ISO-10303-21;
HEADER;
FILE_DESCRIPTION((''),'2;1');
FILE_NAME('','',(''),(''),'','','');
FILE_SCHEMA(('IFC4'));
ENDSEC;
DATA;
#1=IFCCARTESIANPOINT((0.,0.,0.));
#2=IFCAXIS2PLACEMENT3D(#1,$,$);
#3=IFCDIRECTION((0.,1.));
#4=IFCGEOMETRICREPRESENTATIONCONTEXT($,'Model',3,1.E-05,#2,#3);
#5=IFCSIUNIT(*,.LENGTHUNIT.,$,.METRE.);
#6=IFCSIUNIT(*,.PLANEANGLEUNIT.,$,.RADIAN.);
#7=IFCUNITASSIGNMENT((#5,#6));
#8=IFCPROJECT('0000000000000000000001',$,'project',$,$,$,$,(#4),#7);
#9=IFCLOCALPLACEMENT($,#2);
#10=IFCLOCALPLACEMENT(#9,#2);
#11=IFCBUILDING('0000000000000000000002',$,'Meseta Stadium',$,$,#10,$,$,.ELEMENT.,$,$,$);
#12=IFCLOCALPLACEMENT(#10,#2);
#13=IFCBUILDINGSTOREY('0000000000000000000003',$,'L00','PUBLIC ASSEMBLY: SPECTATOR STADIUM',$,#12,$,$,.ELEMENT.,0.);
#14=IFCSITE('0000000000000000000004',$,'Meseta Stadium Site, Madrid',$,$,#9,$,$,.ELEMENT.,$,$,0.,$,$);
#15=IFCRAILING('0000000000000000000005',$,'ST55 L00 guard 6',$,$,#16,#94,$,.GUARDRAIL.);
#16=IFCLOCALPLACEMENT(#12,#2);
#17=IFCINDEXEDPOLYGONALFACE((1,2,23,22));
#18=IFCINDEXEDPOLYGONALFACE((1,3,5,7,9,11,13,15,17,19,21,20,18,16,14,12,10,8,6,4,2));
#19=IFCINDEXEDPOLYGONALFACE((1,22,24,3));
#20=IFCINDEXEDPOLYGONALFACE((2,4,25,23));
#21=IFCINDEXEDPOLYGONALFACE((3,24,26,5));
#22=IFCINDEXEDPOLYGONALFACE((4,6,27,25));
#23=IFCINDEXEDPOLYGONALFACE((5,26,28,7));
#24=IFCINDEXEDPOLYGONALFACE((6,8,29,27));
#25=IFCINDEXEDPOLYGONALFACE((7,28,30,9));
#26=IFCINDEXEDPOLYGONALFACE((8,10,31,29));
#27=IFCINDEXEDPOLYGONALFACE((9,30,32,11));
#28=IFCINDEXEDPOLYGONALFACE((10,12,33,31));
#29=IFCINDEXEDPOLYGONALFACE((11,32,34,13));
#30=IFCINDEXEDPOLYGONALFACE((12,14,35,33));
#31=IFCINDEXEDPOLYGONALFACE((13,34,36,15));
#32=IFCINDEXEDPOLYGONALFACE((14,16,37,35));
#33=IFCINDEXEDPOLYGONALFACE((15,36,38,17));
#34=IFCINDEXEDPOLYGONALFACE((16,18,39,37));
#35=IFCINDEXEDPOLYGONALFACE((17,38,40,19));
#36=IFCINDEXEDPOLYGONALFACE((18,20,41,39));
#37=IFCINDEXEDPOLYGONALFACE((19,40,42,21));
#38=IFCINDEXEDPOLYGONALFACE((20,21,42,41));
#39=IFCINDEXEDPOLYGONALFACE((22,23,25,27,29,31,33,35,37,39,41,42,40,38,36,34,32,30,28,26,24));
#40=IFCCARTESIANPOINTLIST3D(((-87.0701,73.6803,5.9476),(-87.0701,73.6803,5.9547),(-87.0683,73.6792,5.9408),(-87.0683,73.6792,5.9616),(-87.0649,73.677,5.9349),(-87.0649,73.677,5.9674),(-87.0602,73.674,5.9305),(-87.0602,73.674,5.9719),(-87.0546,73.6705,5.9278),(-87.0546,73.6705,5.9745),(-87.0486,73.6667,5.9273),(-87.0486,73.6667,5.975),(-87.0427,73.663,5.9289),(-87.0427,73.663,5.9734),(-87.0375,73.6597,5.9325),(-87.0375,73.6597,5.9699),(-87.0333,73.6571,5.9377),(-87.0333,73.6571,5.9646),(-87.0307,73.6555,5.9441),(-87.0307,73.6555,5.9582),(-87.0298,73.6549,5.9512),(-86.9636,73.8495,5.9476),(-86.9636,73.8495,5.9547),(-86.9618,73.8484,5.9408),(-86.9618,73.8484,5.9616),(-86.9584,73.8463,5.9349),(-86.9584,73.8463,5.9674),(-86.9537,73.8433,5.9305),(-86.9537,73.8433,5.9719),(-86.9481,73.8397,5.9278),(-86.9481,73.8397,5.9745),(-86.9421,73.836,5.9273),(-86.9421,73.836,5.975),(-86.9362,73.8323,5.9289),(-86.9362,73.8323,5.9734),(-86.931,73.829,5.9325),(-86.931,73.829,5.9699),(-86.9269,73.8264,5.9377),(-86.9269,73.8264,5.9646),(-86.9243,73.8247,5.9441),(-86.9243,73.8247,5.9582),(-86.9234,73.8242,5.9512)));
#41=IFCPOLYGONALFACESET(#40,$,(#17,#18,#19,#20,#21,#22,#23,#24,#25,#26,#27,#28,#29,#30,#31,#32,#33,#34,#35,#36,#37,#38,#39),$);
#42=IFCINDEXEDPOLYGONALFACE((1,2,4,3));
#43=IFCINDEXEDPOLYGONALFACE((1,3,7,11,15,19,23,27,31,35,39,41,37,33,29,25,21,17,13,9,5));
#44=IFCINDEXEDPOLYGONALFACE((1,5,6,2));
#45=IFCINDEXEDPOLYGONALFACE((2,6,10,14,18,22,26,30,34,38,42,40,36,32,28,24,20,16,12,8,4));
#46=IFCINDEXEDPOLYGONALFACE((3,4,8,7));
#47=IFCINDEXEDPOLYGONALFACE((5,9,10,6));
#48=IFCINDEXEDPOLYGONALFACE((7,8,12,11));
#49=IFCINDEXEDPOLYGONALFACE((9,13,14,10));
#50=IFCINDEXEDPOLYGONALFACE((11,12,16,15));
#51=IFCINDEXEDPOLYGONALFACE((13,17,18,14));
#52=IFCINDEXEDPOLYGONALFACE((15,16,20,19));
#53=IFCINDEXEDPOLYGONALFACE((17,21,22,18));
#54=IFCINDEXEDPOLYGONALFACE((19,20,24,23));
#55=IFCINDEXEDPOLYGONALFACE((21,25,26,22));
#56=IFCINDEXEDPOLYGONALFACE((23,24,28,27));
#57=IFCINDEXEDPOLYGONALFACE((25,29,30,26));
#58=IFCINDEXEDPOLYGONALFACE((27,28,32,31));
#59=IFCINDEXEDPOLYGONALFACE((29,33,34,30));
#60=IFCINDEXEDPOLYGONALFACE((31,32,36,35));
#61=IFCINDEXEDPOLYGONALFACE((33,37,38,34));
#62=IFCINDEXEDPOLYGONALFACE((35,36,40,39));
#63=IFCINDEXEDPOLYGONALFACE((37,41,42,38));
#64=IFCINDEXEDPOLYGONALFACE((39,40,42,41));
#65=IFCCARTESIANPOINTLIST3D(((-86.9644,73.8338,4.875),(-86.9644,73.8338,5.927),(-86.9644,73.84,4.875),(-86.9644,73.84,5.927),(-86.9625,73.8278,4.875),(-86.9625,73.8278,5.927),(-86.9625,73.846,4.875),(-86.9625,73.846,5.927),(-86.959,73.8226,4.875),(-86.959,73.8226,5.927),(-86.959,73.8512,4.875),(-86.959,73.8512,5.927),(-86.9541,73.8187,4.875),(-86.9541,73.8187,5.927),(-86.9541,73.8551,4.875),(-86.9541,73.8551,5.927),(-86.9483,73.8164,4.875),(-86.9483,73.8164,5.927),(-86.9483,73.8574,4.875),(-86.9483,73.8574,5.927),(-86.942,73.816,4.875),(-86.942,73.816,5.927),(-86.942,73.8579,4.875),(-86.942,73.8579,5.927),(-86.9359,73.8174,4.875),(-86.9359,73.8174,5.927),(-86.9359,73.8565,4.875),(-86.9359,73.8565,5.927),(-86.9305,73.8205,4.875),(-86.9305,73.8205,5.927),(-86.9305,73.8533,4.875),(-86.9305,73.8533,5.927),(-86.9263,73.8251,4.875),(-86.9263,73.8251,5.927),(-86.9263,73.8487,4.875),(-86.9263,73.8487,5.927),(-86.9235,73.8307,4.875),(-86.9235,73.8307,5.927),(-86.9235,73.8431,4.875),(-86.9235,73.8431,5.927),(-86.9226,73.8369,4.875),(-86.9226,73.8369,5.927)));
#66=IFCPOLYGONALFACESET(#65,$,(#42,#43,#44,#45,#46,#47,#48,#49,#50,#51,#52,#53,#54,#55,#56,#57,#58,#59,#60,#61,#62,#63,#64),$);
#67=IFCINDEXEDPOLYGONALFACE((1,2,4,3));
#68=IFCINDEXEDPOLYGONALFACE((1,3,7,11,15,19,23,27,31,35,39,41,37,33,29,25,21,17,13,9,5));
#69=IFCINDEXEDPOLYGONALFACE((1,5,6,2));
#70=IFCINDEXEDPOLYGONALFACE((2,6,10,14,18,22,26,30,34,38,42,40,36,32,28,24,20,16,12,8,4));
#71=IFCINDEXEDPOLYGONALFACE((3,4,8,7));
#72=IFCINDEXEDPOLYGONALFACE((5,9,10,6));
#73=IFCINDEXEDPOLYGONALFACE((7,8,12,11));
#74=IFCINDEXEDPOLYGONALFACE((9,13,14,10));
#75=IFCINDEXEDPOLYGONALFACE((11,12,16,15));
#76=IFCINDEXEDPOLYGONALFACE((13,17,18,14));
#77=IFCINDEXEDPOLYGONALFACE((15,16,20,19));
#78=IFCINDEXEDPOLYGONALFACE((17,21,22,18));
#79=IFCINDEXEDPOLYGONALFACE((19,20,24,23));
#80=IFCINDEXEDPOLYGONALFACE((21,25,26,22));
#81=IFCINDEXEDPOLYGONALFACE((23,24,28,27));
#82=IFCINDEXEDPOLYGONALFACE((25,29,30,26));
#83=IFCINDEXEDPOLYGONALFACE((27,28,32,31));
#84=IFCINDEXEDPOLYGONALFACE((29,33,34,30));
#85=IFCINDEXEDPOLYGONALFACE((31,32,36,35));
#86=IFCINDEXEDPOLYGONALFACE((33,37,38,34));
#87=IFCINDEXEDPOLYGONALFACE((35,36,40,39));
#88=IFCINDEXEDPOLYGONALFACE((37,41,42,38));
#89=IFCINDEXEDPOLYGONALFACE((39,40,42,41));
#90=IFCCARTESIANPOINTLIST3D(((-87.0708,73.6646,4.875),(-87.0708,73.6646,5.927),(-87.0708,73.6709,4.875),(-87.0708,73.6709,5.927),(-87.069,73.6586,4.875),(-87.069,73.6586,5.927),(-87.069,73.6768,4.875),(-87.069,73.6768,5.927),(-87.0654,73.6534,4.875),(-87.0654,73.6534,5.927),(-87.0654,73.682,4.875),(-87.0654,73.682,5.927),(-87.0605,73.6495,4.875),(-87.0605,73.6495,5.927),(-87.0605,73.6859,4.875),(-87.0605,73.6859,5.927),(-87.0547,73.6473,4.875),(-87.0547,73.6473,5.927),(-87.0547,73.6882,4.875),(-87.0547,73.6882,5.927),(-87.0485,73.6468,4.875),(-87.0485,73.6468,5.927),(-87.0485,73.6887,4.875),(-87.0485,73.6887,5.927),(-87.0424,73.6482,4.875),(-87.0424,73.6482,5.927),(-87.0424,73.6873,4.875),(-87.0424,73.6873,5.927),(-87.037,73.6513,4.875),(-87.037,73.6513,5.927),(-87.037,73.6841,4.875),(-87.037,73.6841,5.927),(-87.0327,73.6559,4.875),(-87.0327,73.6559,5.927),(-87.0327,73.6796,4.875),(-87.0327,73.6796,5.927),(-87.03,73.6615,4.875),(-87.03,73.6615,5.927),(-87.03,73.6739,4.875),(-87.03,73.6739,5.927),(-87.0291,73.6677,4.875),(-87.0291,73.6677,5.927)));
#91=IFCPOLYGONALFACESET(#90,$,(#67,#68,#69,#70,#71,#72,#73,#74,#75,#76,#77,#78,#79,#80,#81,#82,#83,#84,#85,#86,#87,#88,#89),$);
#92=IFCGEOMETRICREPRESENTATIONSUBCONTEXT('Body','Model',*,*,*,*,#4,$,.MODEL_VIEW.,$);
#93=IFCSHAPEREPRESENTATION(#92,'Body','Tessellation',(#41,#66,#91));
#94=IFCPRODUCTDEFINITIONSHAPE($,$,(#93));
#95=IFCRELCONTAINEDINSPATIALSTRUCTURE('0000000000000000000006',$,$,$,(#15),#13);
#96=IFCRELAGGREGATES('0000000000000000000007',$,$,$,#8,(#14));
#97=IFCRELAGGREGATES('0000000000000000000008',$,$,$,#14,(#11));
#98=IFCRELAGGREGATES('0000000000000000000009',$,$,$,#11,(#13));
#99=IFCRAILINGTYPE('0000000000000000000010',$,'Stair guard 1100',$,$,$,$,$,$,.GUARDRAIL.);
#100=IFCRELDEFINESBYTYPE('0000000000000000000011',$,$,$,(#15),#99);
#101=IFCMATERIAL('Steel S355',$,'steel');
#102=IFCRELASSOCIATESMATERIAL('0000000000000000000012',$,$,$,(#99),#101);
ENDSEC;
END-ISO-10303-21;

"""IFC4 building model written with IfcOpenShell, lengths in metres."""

from ifc_helpers import new_model, si_unit, direction, frame, origin, origin_2d, place, context, subcontext, project, spatial, circle, extrude, material, type_object, element, save


model = new_model("IFC4")

# Units and contexts
model_context = context("Model", 3, precision=1e-05, world=origin(), true_north=direction((0.0, 1.0)))
body_context = subcontext(model_context, "Body", "Model", "MODEL_VIEW")
ifc_project = project(units=[si_unit("LENGTHUNIT", "METRE"), si_unit("PLANEANGLEUNIT", "RADIAN")], contexts=[model_context])

# Site, building, storey
site_placement = place(None, origin())
site = spatial("IfcSite", under=ifc_project, at=site_placement, Name="Meseta Stadium Site, Madrid", CompositionType="ELEMENT", RefElevation=0.0)
building_placement = place(site_placement, origin())
building = spatial("IfcBuilding", under=site, at=building_placement, Name="Meseta Stadium", CompositionType="ELEMENT")
storey_placement = place(building_placement, origin())
storey = spatial("IfcBuildingStorey", under=building, at=storey_placement, Name="L00", Description="PUBLIC ASSEMBLY: SPECTATOR STADIUM", CompositionType="ELEMENT", Elevation=0.0)

# Railing
ifc_material_1 = material(Name="Steel S355", Category="steel")
railing_type_1 = type_object("IfcRailingType", Name="Stair guard 1100", PredefinedType="GUARDRAIL", material=ifc_material_1)
railing_1_placement = place(storey_placement, frame((-86.9436, 73.8369, 4.875)))
element("IfcRailing", 1, at=railing_1_placement, inside=storey, type_object=railing_type_1, Name="ST55 L00 guard 6", PredefinedType="GUARDRAIL", context=body_context, shape_type="SweptSolid", body=[
    extrude(circle(Radius=0.0239, at=origin_2d()), frame((0.0, 0.0, 1.0762), z_axis=(-0.532522, -0.846416, 0.0), x_axis=(0.846416, -0.532522, 0.0)), (0.0, 0.0, 1.0), 0.2),
    extrude(circle(Radius=0.021, at=origin_2d()), origin(), (0.0, 0.0, 1.0), 1.052),
    extrude(circle(Radius=0.021, at=origin_2d()), frame((-0.1064, -0.1692, 0.0)), (0.0, 0.0, 1.0), 1.052),
])

save(model, "model.ifc")
